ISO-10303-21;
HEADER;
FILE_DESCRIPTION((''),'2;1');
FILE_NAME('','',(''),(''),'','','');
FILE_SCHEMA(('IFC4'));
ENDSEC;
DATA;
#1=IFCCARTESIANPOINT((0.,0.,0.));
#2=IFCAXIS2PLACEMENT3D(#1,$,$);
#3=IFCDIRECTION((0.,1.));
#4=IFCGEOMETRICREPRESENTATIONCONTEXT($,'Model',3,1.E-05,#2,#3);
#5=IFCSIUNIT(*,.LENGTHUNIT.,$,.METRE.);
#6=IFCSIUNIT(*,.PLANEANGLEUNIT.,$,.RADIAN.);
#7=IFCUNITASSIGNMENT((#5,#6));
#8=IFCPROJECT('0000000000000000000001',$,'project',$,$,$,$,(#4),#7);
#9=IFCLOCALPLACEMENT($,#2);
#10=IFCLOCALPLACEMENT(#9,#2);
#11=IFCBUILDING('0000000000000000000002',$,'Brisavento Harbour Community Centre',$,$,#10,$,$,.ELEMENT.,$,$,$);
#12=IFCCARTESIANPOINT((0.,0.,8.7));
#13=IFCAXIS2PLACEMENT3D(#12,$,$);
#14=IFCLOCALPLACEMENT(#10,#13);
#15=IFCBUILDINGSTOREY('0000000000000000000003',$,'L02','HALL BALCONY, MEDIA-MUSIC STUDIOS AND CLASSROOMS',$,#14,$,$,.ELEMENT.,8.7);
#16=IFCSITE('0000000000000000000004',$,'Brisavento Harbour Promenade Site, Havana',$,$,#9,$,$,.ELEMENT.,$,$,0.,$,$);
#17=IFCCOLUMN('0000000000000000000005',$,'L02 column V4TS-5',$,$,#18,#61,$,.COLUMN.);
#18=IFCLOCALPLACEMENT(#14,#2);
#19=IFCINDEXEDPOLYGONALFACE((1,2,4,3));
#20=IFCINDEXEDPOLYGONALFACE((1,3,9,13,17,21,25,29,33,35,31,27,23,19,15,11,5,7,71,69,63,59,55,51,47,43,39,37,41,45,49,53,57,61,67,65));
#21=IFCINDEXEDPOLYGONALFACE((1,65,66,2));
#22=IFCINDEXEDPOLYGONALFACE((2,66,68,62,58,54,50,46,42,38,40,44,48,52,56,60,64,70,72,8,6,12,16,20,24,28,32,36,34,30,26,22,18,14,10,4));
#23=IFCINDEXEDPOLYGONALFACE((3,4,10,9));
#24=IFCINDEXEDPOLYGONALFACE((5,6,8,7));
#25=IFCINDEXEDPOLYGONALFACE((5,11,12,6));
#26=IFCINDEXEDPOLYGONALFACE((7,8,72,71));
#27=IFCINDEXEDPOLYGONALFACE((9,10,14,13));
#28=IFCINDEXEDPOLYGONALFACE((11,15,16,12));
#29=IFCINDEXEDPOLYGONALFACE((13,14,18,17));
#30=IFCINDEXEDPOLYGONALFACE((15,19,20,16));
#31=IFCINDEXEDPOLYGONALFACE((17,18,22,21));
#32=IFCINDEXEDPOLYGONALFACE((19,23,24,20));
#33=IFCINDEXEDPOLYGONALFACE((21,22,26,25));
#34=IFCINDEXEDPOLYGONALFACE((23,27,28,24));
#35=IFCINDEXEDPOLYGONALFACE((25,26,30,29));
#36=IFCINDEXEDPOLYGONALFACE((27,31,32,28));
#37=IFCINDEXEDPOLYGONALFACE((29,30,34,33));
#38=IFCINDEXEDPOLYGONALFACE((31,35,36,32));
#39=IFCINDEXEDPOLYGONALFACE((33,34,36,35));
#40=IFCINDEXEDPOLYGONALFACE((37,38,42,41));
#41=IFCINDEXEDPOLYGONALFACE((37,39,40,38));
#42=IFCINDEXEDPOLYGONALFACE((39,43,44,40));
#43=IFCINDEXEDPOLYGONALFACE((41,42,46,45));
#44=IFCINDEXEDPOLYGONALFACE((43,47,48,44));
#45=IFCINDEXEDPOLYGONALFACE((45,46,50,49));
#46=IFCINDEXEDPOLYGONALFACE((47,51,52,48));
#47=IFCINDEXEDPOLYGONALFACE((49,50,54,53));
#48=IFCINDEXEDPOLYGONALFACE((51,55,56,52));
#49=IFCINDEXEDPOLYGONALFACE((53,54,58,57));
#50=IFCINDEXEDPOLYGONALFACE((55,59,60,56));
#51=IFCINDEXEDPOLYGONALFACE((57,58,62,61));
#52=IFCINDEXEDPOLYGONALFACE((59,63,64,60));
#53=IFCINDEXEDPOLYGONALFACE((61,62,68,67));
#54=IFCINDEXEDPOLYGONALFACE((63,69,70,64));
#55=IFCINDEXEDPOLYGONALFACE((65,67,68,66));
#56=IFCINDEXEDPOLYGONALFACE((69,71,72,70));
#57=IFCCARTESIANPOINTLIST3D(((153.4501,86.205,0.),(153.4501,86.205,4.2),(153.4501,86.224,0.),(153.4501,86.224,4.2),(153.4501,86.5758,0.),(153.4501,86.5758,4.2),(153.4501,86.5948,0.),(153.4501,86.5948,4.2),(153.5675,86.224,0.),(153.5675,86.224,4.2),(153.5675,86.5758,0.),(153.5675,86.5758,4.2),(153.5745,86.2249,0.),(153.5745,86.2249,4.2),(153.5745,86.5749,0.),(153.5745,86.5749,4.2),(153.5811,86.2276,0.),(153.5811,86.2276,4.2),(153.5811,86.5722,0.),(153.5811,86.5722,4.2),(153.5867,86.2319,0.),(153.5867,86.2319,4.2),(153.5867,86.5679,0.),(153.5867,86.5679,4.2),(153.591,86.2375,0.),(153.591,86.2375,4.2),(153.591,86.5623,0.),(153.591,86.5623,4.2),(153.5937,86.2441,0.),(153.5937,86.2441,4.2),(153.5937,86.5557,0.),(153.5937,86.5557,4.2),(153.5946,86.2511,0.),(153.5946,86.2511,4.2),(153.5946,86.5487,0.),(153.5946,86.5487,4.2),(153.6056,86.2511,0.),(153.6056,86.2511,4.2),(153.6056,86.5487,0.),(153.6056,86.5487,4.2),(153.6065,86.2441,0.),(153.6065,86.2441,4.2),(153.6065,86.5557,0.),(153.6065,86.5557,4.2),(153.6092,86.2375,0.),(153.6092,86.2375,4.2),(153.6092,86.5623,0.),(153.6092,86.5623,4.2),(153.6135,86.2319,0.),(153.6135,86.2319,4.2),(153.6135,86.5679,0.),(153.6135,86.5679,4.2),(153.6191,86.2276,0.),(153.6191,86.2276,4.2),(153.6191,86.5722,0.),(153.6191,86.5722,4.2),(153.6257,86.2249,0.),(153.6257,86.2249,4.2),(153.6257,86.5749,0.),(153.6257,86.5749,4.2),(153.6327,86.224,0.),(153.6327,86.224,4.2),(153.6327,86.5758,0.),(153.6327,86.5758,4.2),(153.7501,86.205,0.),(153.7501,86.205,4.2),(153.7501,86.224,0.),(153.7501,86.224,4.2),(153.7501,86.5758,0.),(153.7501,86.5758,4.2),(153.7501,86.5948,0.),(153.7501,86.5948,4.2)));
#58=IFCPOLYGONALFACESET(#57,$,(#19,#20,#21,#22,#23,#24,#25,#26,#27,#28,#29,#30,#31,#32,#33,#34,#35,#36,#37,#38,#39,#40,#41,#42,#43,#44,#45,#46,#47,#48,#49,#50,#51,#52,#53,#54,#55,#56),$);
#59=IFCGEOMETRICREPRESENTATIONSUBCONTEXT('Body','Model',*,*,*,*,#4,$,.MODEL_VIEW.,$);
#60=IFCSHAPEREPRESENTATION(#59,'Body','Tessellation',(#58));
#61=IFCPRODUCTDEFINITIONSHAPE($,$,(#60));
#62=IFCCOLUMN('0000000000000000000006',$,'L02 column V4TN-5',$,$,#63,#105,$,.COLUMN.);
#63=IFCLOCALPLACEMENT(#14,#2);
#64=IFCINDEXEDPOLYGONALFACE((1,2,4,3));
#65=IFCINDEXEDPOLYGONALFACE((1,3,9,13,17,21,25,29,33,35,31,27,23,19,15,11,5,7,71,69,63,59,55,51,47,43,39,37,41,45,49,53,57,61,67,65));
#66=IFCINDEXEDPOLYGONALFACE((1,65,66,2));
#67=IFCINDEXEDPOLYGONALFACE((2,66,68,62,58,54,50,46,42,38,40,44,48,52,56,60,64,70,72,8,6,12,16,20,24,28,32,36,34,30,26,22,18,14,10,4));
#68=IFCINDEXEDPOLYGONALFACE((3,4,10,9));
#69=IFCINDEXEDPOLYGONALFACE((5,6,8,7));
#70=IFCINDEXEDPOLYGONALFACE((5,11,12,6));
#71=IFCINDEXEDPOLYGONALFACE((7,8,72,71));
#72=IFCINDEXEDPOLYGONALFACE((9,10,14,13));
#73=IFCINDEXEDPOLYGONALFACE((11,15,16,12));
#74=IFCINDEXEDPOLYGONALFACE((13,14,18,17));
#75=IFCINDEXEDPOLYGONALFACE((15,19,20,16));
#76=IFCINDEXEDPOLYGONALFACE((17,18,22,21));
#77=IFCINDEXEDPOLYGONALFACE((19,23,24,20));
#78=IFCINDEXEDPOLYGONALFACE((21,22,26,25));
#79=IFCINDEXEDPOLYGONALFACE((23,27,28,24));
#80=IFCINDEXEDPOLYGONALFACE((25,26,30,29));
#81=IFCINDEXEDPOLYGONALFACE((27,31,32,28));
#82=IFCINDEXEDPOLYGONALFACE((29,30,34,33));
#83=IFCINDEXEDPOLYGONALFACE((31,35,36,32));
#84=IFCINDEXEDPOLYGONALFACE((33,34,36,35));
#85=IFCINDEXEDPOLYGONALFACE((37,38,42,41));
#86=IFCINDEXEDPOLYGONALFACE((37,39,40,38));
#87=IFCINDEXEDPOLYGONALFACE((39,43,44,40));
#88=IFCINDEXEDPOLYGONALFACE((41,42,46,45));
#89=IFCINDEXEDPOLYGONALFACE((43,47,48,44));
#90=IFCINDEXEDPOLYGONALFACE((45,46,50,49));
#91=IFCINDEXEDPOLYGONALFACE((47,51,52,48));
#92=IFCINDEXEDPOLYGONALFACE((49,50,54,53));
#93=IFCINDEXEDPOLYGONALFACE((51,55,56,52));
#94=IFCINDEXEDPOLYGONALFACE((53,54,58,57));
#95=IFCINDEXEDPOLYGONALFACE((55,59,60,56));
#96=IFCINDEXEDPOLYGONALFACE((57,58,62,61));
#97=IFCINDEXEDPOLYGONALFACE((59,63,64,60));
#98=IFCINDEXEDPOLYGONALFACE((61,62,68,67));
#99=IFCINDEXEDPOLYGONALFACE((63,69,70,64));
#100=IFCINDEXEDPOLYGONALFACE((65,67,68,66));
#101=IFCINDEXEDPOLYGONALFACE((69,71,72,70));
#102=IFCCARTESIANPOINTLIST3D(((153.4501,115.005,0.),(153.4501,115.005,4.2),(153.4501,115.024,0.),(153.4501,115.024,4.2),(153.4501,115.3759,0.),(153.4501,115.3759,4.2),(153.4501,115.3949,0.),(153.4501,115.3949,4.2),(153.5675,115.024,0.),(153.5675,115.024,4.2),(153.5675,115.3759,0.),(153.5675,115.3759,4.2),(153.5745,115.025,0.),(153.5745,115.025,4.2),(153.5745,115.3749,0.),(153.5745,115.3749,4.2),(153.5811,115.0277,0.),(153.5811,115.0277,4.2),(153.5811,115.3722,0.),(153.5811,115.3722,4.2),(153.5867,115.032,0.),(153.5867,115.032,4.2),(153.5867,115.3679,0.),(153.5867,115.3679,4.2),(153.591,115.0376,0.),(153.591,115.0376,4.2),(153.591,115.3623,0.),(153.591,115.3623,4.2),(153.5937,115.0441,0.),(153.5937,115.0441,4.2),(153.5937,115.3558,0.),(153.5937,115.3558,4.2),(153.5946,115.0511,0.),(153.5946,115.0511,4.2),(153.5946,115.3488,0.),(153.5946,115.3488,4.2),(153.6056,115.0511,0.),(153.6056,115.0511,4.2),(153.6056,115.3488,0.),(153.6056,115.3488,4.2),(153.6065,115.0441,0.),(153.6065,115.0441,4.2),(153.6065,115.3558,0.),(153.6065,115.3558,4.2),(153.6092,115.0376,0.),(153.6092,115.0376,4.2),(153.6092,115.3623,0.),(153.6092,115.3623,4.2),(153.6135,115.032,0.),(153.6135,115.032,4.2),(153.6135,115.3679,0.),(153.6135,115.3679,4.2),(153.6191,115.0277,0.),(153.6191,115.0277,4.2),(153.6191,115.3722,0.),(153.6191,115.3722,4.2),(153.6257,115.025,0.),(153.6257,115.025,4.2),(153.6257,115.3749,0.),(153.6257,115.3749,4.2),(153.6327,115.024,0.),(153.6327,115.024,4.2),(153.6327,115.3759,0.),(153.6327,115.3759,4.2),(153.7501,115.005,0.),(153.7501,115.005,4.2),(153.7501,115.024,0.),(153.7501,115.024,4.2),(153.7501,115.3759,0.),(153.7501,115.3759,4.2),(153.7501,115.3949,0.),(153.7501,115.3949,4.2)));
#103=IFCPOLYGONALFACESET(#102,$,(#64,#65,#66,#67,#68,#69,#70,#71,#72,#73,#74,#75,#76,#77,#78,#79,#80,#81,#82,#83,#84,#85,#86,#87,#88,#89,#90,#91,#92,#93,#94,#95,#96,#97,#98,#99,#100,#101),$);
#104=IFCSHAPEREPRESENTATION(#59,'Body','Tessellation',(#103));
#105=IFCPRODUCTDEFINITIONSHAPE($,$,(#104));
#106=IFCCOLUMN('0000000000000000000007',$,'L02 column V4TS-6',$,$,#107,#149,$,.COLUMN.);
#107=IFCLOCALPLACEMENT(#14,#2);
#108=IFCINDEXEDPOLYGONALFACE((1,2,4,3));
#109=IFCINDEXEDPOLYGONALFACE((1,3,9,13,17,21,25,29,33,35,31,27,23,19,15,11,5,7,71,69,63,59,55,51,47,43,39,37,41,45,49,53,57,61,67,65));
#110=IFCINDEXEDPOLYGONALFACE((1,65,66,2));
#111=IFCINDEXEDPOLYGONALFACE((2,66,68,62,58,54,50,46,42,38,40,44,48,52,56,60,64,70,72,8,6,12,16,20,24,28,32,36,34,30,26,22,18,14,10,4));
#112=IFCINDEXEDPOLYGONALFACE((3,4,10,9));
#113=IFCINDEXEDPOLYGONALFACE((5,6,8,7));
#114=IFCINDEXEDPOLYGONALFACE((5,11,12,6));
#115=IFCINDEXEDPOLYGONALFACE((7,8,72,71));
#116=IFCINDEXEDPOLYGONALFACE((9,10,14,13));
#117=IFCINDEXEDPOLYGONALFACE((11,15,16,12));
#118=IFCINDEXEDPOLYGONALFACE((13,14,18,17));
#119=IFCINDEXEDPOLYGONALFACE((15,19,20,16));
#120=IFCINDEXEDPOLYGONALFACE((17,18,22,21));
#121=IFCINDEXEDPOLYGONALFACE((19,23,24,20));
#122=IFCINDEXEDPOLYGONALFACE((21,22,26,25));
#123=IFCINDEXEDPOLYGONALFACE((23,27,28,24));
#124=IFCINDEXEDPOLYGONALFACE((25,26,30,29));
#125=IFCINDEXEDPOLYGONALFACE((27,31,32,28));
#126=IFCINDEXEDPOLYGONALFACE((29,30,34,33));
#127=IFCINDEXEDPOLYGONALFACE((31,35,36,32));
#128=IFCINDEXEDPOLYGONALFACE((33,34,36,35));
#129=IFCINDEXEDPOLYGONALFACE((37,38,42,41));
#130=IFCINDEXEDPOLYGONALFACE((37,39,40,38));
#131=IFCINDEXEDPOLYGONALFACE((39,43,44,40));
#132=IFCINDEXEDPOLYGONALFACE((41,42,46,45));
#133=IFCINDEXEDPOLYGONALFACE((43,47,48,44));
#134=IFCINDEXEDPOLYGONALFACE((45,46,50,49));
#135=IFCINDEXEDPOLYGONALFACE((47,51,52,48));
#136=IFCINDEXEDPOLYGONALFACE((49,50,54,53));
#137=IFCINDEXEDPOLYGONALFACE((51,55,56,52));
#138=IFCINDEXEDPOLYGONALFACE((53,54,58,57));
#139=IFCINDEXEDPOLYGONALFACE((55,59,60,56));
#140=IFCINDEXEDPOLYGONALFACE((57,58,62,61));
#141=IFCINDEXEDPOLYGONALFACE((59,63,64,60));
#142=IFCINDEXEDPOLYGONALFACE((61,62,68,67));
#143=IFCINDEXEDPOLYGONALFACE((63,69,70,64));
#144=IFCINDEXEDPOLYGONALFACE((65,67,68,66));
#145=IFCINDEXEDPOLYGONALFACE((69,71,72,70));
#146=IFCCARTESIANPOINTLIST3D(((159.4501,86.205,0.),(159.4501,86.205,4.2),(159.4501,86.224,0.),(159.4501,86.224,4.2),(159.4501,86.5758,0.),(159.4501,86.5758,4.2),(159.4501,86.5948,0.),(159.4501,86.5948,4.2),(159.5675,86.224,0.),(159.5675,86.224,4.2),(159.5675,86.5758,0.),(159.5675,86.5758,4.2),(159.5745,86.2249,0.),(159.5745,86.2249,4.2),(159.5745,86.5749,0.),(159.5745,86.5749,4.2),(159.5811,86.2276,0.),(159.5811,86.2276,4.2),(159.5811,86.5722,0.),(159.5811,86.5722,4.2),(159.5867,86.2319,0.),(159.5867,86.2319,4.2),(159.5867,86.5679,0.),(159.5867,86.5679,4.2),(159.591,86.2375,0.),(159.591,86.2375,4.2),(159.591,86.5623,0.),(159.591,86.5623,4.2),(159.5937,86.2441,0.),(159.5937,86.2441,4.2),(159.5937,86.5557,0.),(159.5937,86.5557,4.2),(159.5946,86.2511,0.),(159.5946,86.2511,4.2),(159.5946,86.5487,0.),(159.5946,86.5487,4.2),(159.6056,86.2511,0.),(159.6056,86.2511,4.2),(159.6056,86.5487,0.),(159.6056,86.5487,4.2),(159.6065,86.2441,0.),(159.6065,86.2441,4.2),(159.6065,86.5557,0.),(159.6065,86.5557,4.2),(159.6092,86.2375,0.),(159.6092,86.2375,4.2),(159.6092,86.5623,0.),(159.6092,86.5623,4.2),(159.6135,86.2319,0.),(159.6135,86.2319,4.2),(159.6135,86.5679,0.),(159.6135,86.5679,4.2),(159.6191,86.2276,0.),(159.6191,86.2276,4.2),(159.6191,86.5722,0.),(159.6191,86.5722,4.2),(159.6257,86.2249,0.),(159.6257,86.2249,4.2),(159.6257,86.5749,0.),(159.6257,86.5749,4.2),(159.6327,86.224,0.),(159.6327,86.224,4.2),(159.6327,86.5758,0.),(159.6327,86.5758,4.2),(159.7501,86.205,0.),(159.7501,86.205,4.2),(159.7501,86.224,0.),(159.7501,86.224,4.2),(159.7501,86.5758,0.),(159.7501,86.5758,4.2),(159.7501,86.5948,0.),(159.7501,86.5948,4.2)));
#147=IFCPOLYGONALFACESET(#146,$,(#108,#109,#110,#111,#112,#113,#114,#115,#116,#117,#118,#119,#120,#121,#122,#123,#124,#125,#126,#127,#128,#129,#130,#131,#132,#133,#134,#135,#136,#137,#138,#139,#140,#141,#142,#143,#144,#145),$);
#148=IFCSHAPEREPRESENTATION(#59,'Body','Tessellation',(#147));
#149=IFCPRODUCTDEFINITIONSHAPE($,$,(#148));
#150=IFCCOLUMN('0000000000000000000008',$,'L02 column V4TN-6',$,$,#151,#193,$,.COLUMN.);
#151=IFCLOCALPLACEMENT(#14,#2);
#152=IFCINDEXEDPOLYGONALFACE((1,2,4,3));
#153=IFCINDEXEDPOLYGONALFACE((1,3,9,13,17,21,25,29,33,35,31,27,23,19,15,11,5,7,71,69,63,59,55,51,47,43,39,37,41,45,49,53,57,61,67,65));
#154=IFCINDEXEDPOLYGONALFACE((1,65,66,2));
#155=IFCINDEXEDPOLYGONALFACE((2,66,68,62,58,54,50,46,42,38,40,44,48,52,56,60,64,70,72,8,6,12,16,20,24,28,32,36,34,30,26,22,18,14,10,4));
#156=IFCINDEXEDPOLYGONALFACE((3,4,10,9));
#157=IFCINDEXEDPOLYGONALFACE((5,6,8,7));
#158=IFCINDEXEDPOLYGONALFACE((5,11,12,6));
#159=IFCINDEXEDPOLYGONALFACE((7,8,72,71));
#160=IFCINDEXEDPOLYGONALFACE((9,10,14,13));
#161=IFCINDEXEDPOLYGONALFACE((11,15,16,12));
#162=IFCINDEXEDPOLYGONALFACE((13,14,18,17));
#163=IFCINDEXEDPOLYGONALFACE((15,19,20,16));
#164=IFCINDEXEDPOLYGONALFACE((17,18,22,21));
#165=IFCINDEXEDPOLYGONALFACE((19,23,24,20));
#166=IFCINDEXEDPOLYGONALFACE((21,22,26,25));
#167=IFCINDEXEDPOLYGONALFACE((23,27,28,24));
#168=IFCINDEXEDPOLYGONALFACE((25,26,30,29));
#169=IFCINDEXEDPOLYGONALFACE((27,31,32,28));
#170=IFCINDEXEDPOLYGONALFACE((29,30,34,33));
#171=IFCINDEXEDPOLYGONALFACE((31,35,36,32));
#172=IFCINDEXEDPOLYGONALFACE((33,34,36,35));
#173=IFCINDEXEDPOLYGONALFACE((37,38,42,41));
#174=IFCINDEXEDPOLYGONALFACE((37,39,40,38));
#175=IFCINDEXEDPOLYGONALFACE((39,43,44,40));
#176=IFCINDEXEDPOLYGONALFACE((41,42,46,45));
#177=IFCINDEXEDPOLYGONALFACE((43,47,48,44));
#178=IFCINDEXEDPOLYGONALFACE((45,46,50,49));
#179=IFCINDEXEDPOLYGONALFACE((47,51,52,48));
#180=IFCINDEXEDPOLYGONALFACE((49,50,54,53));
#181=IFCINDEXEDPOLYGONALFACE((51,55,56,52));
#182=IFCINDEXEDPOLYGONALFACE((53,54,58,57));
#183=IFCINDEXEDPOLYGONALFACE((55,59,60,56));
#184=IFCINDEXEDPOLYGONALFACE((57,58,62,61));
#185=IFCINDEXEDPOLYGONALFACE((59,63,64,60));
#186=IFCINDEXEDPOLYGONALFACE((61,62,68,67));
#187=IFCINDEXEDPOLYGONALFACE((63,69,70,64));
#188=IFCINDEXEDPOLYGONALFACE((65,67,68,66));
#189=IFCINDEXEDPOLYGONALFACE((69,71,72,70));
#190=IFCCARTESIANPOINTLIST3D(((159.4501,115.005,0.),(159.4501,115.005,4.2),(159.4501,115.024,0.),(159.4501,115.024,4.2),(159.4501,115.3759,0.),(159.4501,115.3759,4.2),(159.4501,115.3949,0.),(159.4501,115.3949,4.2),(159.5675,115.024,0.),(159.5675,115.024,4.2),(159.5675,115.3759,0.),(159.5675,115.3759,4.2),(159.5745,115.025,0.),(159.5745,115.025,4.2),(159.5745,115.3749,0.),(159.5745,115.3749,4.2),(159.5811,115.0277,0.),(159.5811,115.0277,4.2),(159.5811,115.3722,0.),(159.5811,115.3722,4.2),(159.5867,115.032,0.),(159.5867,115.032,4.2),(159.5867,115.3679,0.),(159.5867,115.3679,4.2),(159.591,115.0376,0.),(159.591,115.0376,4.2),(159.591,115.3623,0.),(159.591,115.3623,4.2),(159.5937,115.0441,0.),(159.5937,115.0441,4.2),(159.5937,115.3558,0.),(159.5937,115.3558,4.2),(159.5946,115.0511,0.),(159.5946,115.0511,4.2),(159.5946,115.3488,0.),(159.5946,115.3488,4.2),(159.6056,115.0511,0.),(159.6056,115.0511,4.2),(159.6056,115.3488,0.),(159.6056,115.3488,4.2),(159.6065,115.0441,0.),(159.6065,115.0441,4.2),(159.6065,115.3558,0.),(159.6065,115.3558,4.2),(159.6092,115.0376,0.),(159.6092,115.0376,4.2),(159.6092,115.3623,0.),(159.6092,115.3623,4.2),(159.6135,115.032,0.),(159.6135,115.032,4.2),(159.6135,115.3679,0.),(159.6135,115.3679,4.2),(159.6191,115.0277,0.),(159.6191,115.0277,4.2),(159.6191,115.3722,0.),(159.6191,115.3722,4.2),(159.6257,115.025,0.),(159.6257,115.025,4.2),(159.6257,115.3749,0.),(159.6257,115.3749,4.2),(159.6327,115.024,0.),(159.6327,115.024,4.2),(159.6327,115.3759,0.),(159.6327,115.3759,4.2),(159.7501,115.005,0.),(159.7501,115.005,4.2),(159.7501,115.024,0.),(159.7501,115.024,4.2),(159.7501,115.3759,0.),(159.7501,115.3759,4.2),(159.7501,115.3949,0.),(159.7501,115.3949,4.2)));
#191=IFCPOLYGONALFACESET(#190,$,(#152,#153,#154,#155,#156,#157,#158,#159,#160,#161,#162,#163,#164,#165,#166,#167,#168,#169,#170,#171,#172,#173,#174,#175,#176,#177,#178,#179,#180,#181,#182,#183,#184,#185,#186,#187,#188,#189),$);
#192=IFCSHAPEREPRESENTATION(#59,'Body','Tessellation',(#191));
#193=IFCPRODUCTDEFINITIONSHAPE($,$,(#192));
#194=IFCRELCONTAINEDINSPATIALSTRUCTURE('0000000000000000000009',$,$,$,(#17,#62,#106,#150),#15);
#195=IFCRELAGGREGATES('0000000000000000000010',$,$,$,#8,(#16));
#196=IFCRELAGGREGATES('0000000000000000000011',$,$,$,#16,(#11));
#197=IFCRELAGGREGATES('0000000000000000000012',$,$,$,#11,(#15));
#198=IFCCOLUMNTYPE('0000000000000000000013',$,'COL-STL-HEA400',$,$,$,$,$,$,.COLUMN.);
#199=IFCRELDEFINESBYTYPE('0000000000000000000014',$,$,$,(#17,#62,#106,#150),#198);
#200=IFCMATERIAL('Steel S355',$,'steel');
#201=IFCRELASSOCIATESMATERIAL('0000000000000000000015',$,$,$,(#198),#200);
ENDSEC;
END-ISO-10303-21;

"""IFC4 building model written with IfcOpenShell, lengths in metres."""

from ifc_helpers import new_model, si_unit, direction, frame, origin, origin_2d, place, context, subcontext, project, spatial, i_section, extrude, material, material_profile, profile_set, type_object, element, save


model = new_model("IFC4")

# Units and contexts
model_context = context("Model", 3, precision=1e-05, world=origin(), true_north=direction((0.0, 1.0)))
body_context = subcontext(model_context, "Body", "Model", "MODEL_VIEW")
ifc_project = project(units=[si_unit("LENGTHUNIT", "METRE"), si_unit("PLANEANGLEUNIT", "RADIAN")], contexts=[model_context])

# Site, building, storey
site_placement = place(None, origin())
site = spatial("IfcSite", under=ifc_project, at=site_placement, Name="Brisavento Harbour Promenade Site, Havana", CompositionType="ELEMENT", RefElevation=0.0)
building_placement = place(site_placement, origin())
building = spatial("IfcBuilding", under=site, at=building_placement, Name="Brisavento Harbour Community Centre", CompositionType="ELEMENT")
storey_placement = place(building_placement, frame((0.0, 0.0, 8.7)))
storey = spatial("IfcBuildingStorey", under=building, at=storey_placement, Name="L02", Description="HALL BALCONY, MEDIA-MUSIC STUDIOS AND CLASSROOMS", CompositionType="ELEMENT", Elevation=8.7)

# Columns
ifc_material_1 = material(Name="Steel S355", Category="steel")
ifc_material_profile_1 = material_profile(ifc_material_1, i_section(OverallWidth=0.3, OverallDepth=0.3899, WebThickness=0.011, FlangeThickness=0.019, FilletRadius=0.0271, at=origin_2d()), Name="Steel S355")
ifc_profile_set_1 = profile_set([ifc_material_profile_1], Name="Steel S355")
column_type = type_object("IfcColumnType", Name="COL-STL-HEA400", PredefinedType="COLUMN", material=ifc_profile_set_1)
for number, where, z_axis, x_axis, name in (
    (1, (153.6001, 86.3999, 0.0), (0.0, 0.0, 1.0), (1.0, 0.0, 0.0), "L02 column V4TS-5"),
    (2, (153.6001, 115.2, 0.0), (0.0, 0.0, 1.0), (1.0, 0.0, 0.0), "L02 column V4TN-5"),
    (3, (159.6001, 86.3999, 0.0), (0.0, 0.0, 1.0), (1.0, 0.0, 0.0), "L02 column V4TS-6"),
    (4, (159.6001, 115.2, 0.0), (0.0, 0.0, 1.0), (1.0, 0.0, 0.0), "L02 column V4TN-6"),
):
    element("IfcColumn", number, at=place(storey_placement, frame(where, z_axis=z_axis, x_axis=x_axis)), inside=storey, type_object=column_type, Name=name, PredefinedType="COLUMN", context=body_context, shape_type="SweptSolid", body=[
        extrude(i_section(OverallWidth=0.3, OverallDepth=0.3899, WebThickness=0.011, FlangeThickness=0.019, FilletRadius=0.0271, at=origin_2d()), origin(), (0.0, 0.0, 1.0), 4.2),
    ])

save(model, "model.ifc")
